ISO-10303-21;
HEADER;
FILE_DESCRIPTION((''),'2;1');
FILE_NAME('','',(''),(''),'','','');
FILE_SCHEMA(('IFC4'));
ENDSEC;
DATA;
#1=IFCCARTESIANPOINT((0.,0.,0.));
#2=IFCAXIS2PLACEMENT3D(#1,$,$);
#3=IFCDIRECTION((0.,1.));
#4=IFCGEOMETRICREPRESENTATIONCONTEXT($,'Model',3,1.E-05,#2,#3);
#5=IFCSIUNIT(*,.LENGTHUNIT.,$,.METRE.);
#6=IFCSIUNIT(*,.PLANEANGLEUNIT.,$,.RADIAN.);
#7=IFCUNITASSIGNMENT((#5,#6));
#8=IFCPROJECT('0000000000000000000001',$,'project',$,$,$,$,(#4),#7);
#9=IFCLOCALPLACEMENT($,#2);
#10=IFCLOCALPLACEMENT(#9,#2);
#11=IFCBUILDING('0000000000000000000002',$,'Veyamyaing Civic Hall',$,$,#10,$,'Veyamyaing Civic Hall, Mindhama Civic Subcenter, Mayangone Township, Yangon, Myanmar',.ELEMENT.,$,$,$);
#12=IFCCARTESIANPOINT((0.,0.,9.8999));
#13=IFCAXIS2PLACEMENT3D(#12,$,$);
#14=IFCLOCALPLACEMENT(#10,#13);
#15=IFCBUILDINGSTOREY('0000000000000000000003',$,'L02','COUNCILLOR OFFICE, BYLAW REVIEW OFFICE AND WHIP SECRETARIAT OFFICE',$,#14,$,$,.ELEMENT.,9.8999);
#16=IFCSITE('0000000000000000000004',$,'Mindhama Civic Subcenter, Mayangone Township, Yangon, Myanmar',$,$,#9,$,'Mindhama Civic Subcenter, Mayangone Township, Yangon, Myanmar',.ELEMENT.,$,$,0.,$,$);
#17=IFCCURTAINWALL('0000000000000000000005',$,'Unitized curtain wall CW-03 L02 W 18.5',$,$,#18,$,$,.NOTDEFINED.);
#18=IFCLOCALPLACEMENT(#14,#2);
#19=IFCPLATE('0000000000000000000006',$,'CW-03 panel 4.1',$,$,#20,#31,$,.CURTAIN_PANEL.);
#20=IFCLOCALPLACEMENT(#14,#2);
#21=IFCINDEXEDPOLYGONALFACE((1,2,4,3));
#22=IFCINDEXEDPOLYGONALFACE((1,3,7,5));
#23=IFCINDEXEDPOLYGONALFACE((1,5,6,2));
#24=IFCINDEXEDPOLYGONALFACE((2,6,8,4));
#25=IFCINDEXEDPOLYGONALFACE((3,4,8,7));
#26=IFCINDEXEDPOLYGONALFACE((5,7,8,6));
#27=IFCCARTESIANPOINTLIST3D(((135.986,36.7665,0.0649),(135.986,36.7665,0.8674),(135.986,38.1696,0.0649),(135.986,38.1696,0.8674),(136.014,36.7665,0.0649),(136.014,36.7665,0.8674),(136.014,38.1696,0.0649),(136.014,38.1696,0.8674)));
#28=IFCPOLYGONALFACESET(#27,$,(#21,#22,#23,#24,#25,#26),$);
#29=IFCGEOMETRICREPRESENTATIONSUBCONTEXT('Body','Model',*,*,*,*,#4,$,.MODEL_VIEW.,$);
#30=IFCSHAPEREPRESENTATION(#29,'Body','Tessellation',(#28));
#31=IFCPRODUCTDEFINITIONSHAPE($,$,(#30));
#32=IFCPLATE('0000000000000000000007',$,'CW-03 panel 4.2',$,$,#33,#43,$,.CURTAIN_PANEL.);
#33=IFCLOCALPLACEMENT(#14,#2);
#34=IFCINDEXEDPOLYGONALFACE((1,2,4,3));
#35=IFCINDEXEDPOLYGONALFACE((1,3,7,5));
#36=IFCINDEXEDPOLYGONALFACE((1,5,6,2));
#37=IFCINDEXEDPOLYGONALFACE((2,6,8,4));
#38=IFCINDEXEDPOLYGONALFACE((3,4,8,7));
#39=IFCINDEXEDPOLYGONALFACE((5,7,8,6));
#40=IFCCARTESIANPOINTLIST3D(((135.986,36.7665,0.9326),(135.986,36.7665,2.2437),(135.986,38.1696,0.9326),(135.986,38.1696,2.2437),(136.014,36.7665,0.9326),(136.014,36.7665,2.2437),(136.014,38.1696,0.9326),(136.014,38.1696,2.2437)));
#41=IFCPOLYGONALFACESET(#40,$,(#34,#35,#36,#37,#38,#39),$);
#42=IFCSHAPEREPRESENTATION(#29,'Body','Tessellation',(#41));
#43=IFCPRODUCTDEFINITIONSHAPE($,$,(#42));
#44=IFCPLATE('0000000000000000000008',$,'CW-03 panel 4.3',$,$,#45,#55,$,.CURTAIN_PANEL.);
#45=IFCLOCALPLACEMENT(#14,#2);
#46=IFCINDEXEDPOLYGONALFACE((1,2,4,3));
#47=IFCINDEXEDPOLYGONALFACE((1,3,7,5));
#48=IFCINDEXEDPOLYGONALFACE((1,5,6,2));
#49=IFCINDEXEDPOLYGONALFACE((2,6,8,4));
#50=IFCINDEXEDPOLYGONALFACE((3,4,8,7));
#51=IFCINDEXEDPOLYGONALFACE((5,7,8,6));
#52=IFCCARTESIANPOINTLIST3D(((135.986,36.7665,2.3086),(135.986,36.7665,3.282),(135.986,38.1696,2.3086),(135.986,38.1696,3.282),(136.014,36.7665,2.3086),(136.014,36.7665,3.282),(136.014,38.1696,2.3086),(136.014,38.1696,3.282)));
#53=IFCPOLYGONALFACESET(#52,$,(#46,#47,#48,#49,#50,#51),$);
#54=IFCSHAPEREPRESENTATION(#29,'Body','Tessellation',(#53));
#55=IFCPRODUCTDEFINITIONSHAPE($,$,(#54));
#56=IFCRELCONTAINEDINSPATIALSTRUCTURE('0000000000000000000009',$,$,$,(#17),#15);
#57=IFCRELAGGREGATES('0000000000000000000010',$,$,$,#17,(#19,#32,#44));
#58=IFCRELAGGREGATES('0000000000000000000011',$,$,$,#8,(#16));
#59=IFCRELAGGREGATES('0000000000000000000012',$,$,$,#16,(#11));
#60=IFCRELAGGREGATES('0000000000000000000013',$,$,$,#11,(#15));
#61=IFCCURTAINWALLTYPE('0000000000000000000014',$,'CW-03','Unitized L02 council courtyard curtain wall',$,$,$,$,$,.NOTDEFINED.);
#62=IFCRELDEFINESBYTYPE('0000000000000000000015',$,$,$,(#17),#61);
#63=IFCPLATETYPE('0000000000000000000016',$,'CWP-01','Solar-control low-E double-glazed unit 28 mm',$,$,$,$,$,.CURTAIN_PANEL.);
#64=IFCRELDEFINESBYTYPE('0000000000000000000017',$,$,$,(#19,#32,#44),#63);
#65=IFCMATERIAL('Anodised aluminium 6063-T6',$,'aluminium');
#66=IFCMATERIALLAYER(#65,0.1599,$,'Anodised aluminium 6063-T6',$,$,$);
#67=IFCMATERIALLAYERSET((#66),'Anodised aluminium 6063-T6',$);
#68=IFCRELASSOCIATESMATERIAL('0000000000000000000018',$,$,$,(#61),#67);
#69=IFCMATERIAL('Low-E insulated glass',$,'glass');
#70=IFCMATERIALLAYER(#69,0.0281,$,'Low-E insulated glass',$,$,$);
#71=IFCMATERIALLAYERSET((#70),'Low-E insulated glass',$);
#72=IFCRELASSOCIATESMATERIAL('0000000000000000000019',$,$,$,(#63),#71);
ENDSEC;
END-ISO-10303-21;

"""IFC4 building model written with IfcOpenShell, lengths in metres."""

from ifc_helpers import new_model, si_unit, direction, frame, origin, origin_2d, place, context, subcontext, project, spatial, rectangle, extrude, material, layer, layer_set, type_object, element, aggregate, save


model = new_model("IFC4")

# Units and contexts
model_context = context("Model", 3, precision=1e-05, world=origin(), true_north=direction((0.0, 1.0)))
body_context = subcontext(model_context, "Body", "Model", "MODEL_VIEW")
ifc_project = project(units=[si_unit("LENGTHUNIT", "METRE"), si_unit("PLANEANGLEUNIT", "RADIAN")], contexts=[model_context])

# Site, building, storey
site_placement = place(None, origin())
site = spatial("IfcSite", under=ifc_project, at=site_placement, Name="Mindhama Civic Subcenter, Mayangone Township, Yangon, Myanmar", LongName="Mindhama Civic Subcenter, Mayangone Township, Yangon, Myanmar", CompositionType="ELEMENT", RefElevation=0.0)
building_placement = place(site_placement, origin())
building = spatial("IfcBuilding", under=site, at=building_placement, Name="Veyamyaing Civic Hall", LongName="Veyamyaing Civic Hall, Mindhama Civic Subcenter, Mayangone Township, Yangon, Myanmar", CompositionType="ELEMENT")
storey_placement = place(building_placement, frame((0.0, 0.0, 9.8999)))
storey = spatial("IfcBuildingStorey", under=building, at=storey_placement, Name="L02", Description="COUNCILLOR OFFICE, BYLAW REVIEW OFFICE AND WHIP SECRETARIAT OFFICE", CompositionType="ELEMENT", Elevation=9.8999)

# Curtain wall
ifc_material_1 = material(Name="Anodised aluminium 6063-T6", Category="aluminium")
ifc_layer_1 = layer(ifc_material_1, 0.1599, Name="Anodised aluminium 6063-T6")
ifc_layer_set_1 = layer_set([ifc_layer_1], Name="Anodised aluminium 6063-T6")
curtain_wall_type = type_object("IfcCurtainWallType", Name="CW-03", Description="Unitized L02 council courtyard curtain wall", PredefinedType="NOTDEFINED", material=ifc_layer_set_1)
curtain_wall_placement = place(storey_placement, origin())
curtain_wall = element("IfcCurtainWall", 1, at=curtain_wall_placement, inside=storey, type_object=curtain_wall_type, Name="Unitized curtain wall CW-03 L02 W 18.5", PredefinedType="NOTDEFINED")

# Plates
ifc_material_2 = material(Name="Low-E insulated glass", Category="glass")
ifc_layer_2 = layer(ifc_material_2, 0.0281, Name="Low-E insulated glass")
ifc_layer_set_2 = layer_set([ifc_layer_2], Name="Low-E insulated glass")
plate_type = type_object("IfcPlateType", Name="CWP-01", Description="Solar-control low-E double-glazed unit 28 mm", PredefinedType="CURTAIN_PANEL", material=ifc_layer_set_2)
plate_1_placement = place(storey_placement, frame((136.0, 37.468, 0.0649), z_axis=(0.0, 0.0, 1.0), x_axis=(0.0, 1.0, 0.0)))
plate_1 = element("IfcPlate", 2, at=plate_1_placement, type_object=plate_type, Name="CW-03 panel 4.1", PredefinedType="CURTAIN_PANEL", context=body_context, shape_type="SweptSolid", body=[
    extrude(rectangle(XDim=1.4031, YDim=0.0281, at=origin_2d()), origin(), (0.0, 0.0, 1.0), 0.8025),
])
plate_2_placement = place(storey_placement, frame((136.0, 37.468, 0.9326), z_axis=(0.0, 0.0, 1.0), x_axis=(0.0, 1.0, 0.0)))
plate_2 = element("IfcPlate", 3, at=plate_2_placement, type_object=plate_type, Name="CW-03 panel 4.2", PredefinedType="CURTAIN_PANEL", context=body_context, shape_type="SweptSolid", body=[
    extrude(rectangle(XDim=1.4031, YDim=0.0281, at=origin_2d()), origin(), (0.0, 0.0, 1.0), 1.311),
])
plate_3_placement = place(storey_placement, frame((136.0, 37.468, 2.3086), z_axis=(0.0, 0.0, 1.0), x_axis=(0.0, 1.0, 0.0)))
plate_3 = element("IfcPlate", 4, at=plate_3_placement, type_object=plate_type, Name="CW-03 panel 4.3", PredefinedType="CURTAIN_PANEL", context=body_context, shape_type="SweptSolid", body=[
    extrude(rectangle(XDim=1.4031, YDim=0.0281, at=origin_2d()), origin(), (0.0, 0.0, 1.0), 0.9734),
])
aggregate(curtain_wall, [plate_1, plate_2, plate_3])

save(model, "model.ifc")
